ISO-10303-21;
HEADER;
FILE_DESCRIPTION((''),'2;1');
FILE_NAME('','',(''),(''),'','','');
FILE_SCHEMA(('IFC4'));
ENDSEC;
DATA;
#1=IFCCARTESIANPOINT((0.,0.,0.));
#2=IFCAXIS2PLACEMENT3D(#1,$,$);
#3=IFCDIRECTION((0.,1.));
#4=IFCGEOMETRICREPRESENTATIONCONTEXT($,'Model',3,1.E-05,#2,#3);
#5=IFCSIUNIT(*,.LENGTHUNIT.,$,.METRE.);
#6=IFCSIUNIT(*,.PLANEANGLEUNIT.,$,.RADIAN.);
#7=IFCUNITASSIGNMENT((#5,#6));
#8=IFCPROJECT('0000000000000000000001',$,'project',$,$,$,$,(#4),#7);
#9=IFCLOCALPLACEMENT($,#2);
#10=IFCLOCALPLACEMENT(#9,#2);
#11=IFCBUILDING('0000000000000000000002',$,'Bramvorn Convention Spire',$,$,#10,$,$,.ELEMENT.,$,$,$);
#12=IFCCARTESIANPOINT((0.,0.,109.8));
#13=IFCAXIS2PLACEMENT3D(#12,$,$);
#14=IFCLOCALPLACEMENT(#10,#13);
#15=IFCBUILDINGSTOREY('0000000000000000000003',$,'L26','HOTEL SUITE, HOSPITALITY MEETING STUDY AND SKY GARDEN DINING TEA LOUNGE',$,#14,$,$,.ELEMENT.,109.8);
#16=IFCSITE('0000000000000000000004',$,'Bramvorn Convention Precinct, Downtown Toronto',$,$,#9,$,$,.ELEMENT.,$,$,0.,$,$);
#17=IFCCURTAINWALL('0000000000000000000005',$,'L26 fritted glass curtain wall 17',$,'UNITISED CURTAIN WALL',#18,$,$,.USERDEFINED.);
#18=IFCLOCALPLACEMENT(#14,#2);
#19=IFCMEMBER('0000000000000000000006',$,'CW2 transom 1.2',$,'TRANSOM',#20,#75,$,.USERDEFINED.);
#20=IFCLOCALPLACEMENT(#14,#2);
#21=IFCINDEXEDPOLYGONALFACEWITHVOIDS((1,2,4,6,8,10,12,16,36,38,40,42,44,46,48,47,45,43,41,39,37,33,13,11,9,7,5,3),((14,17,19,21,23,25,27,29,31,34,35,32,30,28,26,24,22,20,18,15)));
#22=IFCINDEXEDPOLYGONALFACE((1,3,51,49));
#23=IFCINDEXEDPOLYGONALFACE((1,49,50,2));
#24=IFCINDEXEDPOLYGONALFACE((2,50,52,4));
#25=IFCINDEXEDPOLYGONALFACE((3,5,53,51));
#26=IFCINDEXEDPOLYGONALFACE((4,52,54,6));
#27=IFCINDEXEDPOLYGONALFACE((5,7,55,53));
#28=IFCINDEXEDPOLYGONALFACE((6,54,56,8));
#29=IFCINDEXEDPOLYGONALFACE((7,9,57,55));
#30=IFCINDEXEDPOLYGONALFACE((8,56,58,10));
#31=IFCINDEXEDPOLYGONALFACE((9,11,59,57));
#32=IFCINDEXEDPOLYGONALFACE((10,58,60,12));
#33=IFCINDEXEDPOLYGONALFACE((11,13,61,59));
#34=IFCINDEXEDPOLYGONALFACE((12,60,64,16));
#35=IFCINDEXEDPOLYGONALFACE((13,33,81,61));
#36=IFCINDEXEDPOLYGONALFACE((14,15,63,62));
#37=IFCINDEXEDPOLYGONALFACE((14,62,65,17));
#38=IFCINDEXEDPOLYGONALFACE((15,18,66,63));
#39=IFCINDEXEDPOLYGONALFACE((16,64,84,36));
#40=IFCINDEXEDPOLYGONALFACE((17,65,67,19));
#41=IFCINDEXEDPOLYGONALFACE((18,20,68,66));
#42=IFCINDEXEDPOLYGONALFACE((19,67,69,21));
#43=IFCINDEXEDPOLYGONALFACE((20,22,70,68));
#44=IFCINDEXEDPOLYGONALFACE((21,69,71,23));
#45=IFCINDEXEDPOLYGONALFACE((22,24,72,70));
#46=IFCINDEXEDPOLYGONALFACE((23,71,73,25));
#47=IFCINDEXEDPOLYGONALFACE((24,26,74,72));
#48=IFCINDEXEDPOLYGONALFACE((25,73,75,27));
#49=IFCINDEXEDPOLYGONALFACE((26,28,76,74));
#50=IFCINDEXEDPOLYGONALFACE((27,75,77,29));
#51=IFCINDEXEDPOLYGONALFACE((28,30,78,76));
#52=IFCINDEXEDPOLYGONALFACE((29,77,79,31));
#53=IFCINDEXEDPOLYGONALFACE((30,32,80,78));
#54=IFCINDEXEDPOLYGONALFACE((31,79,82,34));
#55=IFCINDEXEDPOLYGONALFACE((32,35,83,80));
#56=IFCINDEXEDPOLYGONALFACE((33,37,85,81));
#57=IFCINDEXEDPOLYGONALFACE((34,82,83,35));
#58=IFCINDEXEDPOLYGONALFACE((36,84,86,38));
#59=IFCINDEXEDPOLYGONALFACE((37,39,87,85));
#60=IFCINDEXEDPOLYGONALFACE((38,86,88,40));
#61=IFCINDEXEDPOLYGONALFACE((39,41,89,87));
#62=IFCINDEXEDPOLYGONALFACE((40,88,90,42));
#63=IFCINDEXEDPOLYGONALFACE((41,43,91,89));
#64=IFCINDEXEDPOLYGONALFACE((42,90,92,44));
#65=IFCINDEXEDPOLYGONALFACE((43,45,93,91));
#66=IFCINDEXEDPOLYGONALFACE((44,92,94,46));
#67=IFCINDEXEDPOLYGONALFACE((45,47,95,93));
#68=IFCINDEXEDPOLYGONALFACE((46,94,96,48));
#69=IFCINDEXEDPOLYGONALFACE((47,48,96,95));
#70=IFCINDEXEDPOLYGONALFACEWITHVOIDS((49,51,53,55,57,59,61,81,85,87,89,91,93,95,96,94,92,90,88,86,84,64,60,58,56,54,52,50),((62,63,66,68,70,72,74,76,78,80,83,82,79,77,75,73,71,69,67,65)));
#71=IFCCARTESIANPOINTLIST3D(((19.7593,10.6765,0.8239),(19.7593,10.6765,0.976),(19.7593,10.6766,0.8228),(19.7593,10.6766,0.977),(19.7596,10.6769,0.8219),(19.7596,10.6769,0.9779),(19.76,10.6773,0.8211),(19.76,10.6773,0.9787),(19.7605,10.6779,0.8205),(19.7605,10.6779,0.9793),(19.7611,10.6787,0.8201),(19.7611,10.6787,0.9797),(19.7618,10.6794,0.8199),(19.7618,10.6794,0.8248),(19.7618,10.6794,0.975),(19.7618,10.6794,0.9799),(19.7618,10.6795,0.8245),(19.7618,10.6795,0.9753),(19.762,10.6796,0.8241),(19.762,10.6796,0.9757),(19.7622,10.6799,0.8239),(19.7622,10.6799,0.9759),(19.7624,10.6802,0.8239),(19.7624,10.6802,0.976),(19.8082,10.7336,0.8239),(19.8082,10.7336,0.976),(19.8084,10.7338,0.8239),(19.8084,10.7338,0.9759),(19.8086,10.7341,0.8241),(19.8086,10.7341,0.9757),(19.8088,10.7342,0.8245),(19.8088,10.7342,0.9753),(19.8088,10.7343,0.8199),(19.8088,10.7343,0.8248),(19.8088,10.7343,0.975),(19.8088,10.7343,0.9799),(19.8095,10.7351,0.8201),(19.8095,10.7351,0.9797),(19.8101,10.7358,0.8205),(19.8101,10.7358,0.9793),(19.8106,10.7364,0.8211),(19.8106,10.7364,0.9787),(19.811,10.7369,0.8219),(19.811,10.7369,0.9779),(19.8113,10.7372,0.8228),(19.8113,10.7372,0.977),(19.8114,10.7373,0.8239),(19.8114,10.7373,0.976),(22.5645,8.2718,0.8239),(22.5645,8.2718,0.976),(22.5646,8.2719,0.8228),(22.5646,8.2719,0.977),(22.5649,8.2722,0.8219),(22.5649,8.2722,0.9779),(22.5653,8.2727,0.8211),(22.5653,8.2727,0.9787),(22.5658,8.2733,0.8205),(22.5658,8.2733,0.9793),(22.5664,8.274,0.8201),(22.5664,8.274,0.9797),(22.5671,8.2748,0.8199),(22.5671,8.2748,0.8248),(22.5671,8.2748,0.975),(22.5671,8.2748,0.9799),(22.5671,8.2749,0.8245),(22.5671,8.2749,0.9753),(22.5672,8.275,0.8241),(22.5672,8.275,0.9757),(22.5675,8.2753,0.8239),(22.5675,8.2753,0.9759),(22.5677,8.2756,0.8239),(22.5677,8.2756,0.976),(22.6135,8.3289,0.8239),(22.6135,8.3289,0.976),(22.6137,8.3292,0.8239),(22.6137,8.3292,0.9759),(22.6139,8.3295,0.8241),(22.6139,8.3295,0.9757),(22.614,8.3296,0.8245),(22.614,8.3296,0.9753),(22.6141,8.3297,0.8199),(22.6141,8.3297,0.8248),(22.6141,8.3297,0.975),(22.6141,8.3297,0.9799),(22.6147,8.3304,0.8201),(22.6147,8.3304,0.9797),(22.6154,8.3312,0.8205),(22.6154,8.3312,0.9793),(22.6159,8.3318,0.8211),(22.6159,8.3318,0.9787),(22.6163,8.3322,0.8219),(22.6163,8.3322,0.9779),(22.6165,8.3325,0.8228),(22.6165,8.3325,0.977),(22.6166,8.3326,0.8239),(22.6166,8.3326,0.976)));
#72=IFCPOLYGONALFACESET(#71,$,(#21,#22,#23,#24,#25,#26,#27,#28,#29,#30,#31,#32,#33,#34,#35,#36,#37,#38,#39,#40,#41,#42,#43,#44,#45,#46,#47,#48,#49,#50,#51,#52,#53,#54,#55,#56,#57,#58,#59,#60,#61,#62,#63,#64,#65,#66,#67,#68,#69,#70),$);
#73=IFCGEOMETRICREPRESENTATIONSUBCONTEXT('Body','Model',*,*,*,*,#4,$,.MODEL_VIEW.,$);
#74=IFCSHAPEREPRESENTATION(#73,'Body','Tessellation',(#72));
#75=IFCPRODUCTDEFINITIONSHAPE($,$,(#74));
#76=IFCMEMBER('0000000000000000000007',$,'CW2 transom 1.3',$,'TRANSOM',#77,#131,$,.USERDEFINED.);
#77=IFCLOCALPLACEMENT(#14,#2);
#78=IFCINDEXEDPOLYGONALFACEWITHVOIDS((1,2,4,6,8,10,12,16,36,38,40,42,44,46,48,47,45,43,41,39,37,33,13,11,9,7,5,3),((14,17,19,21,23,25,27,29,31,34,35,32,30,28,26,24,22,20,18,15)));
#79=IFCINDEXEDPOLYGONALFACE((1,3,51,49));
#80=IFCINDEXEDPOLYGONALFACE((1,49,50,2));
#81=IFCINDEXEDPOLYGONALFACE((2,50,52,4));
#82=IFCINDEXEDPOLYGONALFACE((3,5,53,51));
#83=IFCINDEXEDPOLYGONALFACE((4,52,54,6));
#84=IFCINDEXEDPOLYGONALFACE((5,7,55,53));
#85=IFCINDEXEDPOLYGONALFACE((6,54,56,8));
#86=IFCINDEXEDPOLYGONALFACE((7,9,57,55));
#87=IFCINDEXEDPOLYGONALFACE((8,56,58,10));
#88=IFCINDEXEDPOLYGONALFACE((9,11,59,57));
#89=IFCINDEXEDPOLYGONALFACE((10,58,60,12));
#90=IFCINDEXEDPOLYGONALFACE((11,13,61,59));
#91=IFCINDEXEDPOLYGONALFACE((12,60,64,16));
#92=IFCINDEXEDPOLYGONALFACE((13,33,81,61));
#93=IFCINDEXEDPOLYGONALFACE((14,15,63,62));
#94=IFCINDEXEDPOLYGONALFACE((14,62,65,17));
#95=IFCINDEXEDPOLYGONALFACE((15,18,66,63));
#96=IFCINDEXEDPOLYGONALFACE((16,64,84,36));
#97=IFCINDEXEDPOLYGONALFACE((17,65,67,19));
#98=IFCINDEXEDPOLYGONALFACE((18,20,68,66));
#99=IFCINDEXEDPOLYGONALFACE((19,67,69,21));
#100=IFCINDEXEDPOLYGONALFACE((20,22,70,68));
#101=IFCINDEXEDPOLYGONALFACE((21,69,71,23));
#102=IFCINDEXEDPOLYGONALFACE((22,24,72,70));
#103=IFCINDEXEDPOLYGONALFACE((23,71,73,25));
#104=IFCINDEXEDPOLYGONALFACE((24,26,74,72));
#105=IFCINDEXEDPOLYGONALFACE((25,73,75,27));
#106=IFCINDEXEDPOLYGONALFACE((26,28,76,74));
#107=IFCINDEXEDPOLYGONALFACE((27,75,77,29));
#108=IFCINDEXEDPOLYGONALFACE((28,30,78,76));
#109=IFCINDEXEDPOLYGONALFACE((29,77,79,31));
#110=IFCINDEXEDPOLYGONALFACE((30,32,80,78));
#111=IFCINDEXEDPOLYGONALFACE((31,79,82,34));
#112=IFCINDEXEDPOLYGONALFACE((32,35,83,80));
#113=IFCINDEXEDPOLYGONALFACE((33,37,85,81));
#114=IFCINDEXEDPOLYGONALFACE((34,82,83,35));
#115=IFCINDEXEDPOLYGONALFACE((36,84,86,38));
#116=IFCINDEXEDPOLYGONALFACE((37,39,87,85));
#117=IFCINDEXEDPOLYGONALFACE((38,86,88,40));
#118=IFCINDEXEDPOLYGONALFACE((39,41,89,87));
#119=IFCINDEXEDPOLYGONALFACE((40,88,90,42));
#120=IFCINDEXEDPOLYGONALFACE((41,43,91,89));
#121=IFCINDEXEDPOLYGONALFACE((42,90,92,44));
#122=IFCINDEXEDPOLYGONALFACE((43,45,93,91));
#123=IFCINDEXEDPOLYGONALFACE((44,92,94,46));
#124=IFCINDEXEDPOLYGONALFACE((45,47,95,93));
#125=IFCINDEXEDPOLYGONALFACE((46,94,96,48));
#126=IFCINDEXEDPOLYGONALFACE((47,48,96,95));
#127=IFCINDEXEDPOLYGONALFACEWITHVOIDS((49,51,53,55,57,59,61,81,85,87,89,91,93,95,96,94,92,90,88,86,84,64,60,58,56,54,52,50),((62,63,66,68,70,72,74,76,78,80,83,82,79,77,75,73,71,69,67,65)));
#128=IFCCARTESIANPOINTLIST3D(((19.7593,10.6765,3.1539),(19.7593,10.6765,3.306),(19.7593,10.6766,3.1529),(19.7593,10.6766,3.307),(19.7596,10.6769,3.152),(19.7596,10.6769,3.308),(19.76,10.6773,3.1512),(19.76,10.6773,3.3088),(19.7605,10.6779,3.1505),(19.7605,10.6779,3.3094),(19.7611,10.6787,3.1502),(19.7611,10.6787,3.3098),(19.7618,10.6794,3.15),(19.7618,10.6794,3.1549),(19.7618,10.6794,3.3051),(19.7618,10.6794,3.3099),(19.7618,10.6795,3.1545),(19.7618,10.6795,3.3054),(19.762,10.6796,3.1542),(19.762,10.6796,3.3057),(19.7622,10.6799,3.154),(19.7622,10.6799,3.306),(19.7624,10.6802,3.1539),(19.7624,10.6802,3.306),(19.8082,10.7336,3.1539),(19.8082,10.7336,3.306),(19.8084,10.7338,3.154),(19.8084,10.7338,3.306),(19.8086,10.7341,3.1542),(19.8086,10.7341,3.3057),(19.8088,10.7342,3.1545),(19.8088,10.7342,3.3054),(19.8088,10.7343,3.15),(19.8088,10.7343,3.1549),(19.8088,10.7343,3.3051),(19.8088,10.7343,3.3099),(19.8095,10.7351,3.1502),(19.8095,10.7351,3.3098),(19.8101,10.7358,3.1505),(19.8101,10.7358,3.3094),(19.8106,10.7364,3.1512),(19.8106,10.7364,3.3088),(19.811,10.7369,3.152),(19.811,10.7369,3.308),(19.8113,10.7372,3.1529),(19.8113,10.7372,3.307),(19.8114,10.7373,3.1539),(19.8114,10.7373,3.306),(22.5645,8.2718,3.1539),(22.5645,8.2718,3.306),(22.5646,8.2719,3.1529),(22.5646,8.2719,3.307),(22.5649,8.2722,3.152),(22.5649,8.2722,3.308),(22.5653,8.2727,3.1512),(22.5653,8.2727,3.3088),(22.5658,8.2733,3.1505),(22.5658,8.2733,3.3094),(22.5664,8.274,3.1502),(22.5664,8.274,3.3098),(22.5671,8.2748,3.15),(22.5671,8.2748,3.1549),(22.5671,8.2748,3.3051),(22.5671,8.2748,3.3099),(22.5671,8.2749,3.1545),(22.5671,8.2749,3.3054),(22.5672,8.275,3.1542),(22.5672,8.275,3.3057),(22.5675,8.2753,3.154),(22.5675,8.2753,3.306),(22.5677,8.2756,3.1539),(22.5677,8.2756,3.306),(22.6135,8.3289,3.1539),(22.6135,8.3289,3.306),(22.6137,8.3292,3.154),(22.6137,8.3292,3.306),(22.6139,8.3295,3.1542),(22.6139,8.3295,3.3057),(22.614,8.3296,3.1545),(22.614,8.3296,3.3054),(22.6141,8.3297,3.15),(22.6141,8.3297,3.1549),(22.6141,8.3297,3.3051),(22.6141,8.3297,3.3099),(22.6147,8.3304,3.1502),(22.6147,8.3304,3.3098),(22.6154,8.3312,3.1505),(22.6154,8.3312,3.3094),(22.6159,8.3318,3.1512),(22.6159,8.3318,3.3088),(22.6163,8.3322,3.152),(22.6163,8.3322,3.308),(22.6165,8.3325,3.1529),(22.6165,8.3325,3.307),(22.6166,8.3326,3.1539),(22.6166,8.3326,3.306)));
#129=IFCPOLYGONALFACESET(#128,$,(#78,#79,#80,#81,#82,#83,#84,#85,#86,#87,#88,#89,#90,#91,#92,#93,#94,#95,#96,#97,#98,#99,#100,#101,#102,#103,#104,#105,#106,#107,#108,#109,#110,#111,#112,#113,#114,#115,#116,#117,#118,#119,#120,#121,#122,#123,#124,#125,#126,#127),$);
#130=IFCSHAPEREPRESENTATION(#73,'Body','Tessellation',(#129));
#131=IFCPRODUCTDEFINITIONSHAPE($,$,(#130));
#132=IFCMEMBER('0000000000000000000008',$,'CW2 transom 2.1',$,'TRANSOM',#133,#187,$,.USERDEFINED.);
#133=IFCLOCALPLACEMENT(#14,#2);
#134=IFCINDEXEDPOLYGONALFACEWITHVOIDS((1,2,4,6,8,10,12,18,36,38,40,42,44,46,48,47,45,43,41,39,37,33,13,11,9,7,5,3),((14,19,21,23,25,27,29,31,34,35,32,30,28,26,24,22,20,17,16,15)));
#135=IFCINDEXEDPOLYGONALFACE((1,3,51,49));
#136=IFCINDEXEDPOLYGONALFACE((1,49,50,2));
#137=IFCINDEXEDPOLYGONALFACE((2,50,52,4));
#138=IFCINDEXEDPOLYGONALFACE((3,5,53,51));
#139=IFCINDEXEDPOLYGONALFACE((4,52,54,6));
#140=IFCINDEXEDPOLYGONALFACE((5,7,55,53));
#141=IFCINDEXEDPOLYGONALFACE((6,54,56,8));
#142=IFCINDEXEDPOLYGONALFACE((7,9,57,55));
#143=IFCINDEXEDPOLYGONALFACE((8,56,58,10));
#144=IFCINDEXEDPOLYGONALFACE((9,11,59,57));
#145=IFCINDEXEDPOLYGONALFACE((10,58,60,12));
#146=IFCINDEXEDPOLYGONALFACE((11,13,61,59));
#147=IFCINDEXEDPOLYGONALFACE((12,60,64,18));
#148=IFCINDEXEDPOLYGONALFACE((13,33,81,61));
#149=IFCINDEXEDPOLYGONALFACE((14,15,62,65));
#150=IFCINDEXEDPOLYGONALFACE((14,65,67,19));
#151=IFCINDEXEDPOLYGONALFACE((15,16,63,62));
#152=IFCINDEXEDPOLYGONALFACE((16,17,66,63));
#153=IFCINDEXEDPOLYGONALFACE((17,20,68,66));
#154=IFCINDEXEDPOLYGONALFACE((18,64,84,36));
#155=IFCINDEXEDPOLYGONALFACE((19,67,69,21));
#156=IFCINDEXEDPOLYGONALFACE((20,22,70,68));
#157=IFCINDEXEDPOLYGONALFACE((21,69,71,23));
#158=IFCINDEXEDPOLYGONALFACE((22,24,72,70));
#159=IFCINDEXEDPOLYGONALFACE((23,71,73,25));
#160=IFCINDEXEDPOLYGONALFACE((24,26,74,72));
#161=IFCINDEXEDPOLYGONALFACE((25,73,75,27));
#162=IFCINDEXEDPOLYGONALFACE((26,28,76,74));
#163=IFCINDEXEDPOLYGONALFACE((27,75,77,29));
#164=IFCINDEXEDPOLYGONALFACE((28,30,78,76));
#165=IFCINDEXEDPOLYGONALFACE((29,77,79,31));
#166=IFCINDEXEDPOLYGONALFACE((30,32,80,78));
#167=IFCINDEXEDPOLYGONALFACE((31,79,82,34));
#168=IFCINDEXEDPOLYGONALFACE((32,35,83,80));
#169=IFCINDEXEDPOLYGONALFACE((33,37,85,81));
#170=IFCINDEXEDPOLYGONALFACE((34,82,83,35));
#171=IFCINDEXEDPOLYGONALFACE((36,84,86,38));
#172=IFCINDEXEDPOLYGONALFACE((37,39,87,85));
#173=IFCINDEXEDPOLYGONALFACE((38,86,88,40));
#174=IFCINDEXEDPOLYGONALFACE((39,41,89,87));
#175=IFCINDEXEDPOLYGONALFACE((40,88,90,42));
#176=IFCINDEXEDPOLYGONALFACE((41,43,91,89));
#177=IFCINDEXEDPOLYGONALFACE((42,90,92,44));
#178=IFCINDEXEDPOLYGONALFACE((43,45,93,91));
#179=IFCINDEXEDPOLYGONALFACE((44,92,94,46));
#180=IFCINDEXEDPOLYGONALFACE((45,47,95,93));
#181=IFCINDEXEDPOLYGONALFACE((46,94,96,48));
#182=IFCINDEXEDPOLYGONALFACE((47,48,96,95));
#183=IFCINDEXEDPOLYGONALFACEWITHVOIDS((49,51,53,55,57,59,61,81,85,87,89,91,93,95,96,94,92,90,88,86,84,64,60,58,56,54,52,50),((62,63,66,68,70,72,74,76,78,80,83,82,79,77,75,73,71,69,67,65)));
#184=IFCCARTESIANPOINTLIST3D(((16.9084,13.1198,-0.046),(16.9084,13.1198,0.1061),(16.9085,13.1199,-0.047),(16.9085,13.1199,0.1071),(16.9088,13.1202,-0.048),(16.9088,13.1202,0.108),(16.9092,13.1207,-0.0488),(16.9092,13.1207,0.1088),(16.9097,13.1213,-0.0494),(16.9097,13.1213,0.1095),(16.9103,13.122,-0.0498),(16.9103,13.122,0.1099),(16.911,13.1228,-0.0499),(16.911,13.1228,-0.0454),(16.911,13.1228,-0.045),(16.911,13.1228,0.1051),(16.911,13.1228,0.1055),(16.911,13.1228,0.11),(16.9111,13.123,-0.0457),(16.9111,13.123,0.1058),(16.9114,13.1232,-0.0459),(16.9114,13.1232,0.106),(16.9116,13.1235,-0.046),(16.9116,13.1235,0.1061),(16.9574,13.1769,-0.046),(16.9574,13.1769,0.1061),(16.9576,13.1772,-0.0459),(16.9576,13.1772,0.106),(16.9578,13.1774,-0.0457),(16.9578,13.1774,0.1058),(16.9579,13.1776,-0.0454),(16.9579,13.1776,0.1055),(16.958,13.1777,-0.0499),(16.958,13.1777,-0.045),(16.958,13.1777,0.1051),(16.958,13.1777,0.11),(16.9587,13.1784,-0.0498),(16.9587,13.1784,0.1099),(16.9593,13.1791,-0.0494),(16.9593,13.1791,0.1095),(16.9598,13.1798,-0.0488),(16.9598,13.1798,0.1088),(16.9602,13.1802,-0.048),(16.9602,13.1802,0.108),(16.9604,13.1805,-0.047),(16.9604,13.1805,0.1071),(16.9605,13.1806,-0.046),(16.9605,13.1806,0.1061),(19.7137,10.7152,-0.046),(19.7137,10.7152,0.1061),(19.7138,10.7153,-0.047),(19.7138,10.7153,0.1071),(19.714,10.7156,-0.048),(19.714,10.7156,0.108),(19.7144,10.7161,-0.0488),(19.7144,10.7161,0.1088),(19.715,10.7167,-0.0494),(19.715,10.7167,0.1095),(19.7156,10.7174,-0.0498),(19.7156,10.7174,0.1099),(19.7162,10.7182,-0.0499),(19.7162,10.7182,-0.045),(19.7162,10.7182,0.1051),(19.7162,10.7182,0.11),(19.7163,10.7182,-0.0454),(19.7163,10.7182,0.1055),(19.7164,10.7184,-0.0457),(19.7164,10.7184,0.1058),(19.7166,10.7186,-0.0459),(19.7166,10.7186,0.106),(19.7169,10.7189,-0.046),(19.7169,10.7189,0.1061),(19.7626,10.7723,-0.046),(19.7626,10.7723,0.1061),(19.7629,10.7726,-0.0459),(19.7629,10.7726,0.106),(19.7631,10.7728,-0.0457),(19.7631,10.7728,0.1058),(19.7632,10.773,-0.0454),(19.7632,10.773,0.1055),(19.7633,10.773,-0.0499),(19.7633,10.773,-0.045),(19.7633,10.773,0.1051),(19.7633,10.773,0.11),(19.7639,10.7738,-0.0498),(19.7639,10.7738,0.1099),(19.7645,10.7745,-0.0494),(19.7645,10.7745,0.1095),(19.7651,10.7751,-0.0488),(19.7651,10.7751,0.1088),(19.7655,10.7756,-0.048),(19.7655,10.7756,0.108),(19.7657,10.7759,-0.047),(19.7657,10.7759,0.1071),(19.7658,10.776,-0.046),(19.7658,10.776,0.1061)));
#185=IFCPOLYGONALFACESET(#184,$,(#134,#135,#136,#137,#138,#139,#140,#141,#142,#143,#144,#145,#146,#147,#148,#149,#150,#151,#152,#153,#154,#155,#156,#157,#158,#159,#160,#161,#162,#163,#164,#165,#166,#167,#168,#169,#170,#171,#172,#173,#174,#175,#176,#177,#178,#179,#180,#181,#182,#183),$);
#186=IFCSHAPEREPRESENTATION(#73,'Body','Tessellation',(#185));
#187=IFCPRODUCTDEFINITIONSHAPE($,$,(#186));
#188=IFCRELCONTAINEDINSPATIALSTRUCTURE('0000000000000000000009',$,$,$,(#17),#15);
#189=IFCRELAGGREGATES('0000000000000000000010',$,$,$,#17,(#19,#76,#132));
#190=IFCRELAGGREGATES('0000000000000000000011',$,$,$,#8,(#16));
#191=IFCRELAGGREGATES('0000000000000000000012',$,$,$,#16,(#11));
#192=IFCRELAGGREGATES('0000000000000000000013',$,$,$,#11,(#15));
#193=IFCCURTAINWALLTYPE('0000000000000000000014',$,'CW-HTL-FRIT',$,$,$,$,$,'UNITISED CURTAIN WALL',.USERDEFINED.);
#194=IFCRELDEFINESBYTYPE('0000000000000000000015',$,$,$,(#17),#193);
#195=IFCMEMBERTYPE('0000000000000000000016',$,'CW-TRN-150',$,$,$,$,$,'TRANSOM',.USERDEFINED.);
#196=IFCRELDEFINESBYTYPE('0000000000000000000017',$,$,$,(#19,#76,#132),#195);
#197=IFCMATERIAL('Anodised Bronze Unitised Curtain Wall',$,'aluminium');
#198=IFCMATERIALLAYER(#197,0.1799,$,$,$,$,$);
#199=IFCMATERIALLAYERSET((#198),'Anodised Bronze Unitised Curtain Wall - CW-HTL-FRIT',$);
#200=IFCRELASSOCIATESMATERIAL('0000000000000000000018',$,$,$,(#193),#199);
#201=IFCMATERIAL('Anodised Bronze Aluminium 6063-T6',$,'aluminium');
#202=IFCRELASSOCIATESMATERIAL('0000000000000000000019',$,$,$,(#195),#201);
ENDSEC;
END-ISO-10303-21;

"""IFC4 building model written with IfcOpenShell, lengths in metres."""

from ifc_helpers import new_model, si_unit, direction, frame, origin, origin_2d, place, context, subcontext, project, spatial, hollow_rectangle, extrude, material, layer, layer_set, material_profile, profile_set, type_object, element, aggregate, save


model = new_model("IFC4")

# Units and contexts
model_context = context("Model", 3, precision=1e-05, world=origin(), true_north=direction((0.0, 1.0)))
body_context = subcontext(model_context, "Body", "Model", "MODEL_VIEW")
ifc_project = project(units=[si_unit("LENGTHUNIT", "METRE"), si_unit("PLANEANGLEUNIT", "RADIAN")], contexts=[model_context])

# Site, building, storey
site_placement = place(None, origin())
site = spatial("IfcSite", under=ifc_project, at=site_placement, Name="Bramvorn Convention Precinct, Downtown Toronto", CompositionType="ELEMENT", RefElevation=0.0)
building_placement = place(site_placement, origin())
building = spatial("IfcBuilding", under=site, at=building_placement, Name="Bramvorn Convention Spire", CompositionType="ELEMENT")
storey_placement = place(building_placement, frame((0.0, 0.0, 109.8)))
storey = spatial("IfcBuildingStorey", under=building, at=storey_placement, Name="L26", Description="HOTEL SUITE, HOSPITALITY MEETING STUDY AND SKY GARDEN DINING TEA LOUNGE", CompositionType="ELEMENT", Elevation=109.8)

# Curtain wall, members
ifc_material_1 = material(Name="Anodised Bronze Unitised Curtain Wall", Category="aluminium")
ifc_layer_1 = layer(ifc_material_1, 0.1799)
ifc_layer_set_1 = layer_set([ifc_layer_1], Name="Anodised Bronze Unitised Curtain Wall - CW-HTL-FRIT")
curtain_wall_type = type_object("IfcCurtainWallType", Name="CW-HTL-FRIT", ElementType="UNITISED CURTAIN WALL", PredefinedType="USERDEFINED", material=ifc_layer_set_1)
curtain_wall_placement = place(storey_placement, origin())
curtain_wall = element("IfcCurtainWall", 1, at=curtain_wall_placement, inside=storey, type_object=curtain_wall_type, Name="L26 fritted glass curtain wall 17", ObjectType="UNITISED CURTAIN WALL", PredefinedType="USERDEFINED")
ifc_material_2 = material(Name="Anodised Bronze Aluminium 6063-T6", Category="aluminium")
ifc_material_profile_1 = material_profile(ifc_material_2, hollow_rectangle(XDim=0.0801, YDim=0.1599, WallThickness=0.0039, InnerFilletRadius=0.001, OuterFilletRadius=0.0039, at=origin_2d()))
ifc_profile_set_1 = profile_set([ifc_material_profile_1], Name="Anodised Bronze Aluminium 6063-T6 - CWT80X160")
member_type_1 = type_object("IfcMemberType", Name="CW-TRN-150", ElementType="TRANSOM", PredefinedType="USERDEFINED", material=ifc_profile_set_1)
member_1_placement = place(storey_placement, frame((22.5906, 8.3022, 0.8999), z_axis=(-0.759243, 0.650808, 0.0), x_axis=(-0.650808, -0.759243, 0.0)))
member_1 = element("IfcMember", 2, at=member_1_placement, type_object=member_type_1, Name="CW2 transom 1.2", ObjectType="TRANSOM", PredefinedType="USERDEFINED", context=body_context, shape_type="SweptSolid", body=[
    extrude(hollow_rectangle(XDim=0.0801, YDim=0.1599, WallThickness=0.0039, InnerFilletRadius=0.001, OuterFilletRadius=0.0039, at=origin_2d()), origin(), (0.0, 0.0, 1.0), 3.6948),
])
member_2_placement = place(storey_placement, frame((22.5906, 8.3022, 3.23), z_axis=(-0.759243, 0.650808, 0.0), x_axis=(-0.650808, -0.759243, 0.0)))
member_2 = element("IfcMember", 3, at=member_2_placement, type_object=member_type_1, Name="CW2 transom 1.3", ObjectType="TRANSOM", PredefinedType="USERDEFINED", context=body_context, shape_type="SweptSolid", body=[
    extrude(hollow_rectangle(XDim=0.0801, YDim=0.1599, WallThickness=0.0039, InnerFilletRadius=0.001, OuterFilletRadius=0.0039, at=origin_2d()), origin(), (0.0, 0.0, 1.0), 3.6948),
])
member_3_placement = place(storey_placement, frame((19.7397, 10.7456, 0.03), z_axis=(-0.759243, 0.650808, 0.0), x_axis=(-0.650808, -0.759243, 0.0)))
member_3 = element("IfcMember", 4, at=member_3_placement, type_object=member_type_1, Name="CW2 transom 2.1", ObjectType="TRANSOM", PredefinedType="USERDEFINED", context=body_context, shape_type="SweptSolid", body=[
    extrude(hollow_rectangle(XDim=0.0801, YDim=0.1599, WallThickness=0.0039, InnerFilletRadius=0.001, OuterFilletRadius=0.0039, at=origin_2d()), origin(), (0.0, 0.0, 1.0), 3.6948),
])
aggregate(curtain_wall, [member_1, member_2, member_3])

save(model, "model.ifc")
